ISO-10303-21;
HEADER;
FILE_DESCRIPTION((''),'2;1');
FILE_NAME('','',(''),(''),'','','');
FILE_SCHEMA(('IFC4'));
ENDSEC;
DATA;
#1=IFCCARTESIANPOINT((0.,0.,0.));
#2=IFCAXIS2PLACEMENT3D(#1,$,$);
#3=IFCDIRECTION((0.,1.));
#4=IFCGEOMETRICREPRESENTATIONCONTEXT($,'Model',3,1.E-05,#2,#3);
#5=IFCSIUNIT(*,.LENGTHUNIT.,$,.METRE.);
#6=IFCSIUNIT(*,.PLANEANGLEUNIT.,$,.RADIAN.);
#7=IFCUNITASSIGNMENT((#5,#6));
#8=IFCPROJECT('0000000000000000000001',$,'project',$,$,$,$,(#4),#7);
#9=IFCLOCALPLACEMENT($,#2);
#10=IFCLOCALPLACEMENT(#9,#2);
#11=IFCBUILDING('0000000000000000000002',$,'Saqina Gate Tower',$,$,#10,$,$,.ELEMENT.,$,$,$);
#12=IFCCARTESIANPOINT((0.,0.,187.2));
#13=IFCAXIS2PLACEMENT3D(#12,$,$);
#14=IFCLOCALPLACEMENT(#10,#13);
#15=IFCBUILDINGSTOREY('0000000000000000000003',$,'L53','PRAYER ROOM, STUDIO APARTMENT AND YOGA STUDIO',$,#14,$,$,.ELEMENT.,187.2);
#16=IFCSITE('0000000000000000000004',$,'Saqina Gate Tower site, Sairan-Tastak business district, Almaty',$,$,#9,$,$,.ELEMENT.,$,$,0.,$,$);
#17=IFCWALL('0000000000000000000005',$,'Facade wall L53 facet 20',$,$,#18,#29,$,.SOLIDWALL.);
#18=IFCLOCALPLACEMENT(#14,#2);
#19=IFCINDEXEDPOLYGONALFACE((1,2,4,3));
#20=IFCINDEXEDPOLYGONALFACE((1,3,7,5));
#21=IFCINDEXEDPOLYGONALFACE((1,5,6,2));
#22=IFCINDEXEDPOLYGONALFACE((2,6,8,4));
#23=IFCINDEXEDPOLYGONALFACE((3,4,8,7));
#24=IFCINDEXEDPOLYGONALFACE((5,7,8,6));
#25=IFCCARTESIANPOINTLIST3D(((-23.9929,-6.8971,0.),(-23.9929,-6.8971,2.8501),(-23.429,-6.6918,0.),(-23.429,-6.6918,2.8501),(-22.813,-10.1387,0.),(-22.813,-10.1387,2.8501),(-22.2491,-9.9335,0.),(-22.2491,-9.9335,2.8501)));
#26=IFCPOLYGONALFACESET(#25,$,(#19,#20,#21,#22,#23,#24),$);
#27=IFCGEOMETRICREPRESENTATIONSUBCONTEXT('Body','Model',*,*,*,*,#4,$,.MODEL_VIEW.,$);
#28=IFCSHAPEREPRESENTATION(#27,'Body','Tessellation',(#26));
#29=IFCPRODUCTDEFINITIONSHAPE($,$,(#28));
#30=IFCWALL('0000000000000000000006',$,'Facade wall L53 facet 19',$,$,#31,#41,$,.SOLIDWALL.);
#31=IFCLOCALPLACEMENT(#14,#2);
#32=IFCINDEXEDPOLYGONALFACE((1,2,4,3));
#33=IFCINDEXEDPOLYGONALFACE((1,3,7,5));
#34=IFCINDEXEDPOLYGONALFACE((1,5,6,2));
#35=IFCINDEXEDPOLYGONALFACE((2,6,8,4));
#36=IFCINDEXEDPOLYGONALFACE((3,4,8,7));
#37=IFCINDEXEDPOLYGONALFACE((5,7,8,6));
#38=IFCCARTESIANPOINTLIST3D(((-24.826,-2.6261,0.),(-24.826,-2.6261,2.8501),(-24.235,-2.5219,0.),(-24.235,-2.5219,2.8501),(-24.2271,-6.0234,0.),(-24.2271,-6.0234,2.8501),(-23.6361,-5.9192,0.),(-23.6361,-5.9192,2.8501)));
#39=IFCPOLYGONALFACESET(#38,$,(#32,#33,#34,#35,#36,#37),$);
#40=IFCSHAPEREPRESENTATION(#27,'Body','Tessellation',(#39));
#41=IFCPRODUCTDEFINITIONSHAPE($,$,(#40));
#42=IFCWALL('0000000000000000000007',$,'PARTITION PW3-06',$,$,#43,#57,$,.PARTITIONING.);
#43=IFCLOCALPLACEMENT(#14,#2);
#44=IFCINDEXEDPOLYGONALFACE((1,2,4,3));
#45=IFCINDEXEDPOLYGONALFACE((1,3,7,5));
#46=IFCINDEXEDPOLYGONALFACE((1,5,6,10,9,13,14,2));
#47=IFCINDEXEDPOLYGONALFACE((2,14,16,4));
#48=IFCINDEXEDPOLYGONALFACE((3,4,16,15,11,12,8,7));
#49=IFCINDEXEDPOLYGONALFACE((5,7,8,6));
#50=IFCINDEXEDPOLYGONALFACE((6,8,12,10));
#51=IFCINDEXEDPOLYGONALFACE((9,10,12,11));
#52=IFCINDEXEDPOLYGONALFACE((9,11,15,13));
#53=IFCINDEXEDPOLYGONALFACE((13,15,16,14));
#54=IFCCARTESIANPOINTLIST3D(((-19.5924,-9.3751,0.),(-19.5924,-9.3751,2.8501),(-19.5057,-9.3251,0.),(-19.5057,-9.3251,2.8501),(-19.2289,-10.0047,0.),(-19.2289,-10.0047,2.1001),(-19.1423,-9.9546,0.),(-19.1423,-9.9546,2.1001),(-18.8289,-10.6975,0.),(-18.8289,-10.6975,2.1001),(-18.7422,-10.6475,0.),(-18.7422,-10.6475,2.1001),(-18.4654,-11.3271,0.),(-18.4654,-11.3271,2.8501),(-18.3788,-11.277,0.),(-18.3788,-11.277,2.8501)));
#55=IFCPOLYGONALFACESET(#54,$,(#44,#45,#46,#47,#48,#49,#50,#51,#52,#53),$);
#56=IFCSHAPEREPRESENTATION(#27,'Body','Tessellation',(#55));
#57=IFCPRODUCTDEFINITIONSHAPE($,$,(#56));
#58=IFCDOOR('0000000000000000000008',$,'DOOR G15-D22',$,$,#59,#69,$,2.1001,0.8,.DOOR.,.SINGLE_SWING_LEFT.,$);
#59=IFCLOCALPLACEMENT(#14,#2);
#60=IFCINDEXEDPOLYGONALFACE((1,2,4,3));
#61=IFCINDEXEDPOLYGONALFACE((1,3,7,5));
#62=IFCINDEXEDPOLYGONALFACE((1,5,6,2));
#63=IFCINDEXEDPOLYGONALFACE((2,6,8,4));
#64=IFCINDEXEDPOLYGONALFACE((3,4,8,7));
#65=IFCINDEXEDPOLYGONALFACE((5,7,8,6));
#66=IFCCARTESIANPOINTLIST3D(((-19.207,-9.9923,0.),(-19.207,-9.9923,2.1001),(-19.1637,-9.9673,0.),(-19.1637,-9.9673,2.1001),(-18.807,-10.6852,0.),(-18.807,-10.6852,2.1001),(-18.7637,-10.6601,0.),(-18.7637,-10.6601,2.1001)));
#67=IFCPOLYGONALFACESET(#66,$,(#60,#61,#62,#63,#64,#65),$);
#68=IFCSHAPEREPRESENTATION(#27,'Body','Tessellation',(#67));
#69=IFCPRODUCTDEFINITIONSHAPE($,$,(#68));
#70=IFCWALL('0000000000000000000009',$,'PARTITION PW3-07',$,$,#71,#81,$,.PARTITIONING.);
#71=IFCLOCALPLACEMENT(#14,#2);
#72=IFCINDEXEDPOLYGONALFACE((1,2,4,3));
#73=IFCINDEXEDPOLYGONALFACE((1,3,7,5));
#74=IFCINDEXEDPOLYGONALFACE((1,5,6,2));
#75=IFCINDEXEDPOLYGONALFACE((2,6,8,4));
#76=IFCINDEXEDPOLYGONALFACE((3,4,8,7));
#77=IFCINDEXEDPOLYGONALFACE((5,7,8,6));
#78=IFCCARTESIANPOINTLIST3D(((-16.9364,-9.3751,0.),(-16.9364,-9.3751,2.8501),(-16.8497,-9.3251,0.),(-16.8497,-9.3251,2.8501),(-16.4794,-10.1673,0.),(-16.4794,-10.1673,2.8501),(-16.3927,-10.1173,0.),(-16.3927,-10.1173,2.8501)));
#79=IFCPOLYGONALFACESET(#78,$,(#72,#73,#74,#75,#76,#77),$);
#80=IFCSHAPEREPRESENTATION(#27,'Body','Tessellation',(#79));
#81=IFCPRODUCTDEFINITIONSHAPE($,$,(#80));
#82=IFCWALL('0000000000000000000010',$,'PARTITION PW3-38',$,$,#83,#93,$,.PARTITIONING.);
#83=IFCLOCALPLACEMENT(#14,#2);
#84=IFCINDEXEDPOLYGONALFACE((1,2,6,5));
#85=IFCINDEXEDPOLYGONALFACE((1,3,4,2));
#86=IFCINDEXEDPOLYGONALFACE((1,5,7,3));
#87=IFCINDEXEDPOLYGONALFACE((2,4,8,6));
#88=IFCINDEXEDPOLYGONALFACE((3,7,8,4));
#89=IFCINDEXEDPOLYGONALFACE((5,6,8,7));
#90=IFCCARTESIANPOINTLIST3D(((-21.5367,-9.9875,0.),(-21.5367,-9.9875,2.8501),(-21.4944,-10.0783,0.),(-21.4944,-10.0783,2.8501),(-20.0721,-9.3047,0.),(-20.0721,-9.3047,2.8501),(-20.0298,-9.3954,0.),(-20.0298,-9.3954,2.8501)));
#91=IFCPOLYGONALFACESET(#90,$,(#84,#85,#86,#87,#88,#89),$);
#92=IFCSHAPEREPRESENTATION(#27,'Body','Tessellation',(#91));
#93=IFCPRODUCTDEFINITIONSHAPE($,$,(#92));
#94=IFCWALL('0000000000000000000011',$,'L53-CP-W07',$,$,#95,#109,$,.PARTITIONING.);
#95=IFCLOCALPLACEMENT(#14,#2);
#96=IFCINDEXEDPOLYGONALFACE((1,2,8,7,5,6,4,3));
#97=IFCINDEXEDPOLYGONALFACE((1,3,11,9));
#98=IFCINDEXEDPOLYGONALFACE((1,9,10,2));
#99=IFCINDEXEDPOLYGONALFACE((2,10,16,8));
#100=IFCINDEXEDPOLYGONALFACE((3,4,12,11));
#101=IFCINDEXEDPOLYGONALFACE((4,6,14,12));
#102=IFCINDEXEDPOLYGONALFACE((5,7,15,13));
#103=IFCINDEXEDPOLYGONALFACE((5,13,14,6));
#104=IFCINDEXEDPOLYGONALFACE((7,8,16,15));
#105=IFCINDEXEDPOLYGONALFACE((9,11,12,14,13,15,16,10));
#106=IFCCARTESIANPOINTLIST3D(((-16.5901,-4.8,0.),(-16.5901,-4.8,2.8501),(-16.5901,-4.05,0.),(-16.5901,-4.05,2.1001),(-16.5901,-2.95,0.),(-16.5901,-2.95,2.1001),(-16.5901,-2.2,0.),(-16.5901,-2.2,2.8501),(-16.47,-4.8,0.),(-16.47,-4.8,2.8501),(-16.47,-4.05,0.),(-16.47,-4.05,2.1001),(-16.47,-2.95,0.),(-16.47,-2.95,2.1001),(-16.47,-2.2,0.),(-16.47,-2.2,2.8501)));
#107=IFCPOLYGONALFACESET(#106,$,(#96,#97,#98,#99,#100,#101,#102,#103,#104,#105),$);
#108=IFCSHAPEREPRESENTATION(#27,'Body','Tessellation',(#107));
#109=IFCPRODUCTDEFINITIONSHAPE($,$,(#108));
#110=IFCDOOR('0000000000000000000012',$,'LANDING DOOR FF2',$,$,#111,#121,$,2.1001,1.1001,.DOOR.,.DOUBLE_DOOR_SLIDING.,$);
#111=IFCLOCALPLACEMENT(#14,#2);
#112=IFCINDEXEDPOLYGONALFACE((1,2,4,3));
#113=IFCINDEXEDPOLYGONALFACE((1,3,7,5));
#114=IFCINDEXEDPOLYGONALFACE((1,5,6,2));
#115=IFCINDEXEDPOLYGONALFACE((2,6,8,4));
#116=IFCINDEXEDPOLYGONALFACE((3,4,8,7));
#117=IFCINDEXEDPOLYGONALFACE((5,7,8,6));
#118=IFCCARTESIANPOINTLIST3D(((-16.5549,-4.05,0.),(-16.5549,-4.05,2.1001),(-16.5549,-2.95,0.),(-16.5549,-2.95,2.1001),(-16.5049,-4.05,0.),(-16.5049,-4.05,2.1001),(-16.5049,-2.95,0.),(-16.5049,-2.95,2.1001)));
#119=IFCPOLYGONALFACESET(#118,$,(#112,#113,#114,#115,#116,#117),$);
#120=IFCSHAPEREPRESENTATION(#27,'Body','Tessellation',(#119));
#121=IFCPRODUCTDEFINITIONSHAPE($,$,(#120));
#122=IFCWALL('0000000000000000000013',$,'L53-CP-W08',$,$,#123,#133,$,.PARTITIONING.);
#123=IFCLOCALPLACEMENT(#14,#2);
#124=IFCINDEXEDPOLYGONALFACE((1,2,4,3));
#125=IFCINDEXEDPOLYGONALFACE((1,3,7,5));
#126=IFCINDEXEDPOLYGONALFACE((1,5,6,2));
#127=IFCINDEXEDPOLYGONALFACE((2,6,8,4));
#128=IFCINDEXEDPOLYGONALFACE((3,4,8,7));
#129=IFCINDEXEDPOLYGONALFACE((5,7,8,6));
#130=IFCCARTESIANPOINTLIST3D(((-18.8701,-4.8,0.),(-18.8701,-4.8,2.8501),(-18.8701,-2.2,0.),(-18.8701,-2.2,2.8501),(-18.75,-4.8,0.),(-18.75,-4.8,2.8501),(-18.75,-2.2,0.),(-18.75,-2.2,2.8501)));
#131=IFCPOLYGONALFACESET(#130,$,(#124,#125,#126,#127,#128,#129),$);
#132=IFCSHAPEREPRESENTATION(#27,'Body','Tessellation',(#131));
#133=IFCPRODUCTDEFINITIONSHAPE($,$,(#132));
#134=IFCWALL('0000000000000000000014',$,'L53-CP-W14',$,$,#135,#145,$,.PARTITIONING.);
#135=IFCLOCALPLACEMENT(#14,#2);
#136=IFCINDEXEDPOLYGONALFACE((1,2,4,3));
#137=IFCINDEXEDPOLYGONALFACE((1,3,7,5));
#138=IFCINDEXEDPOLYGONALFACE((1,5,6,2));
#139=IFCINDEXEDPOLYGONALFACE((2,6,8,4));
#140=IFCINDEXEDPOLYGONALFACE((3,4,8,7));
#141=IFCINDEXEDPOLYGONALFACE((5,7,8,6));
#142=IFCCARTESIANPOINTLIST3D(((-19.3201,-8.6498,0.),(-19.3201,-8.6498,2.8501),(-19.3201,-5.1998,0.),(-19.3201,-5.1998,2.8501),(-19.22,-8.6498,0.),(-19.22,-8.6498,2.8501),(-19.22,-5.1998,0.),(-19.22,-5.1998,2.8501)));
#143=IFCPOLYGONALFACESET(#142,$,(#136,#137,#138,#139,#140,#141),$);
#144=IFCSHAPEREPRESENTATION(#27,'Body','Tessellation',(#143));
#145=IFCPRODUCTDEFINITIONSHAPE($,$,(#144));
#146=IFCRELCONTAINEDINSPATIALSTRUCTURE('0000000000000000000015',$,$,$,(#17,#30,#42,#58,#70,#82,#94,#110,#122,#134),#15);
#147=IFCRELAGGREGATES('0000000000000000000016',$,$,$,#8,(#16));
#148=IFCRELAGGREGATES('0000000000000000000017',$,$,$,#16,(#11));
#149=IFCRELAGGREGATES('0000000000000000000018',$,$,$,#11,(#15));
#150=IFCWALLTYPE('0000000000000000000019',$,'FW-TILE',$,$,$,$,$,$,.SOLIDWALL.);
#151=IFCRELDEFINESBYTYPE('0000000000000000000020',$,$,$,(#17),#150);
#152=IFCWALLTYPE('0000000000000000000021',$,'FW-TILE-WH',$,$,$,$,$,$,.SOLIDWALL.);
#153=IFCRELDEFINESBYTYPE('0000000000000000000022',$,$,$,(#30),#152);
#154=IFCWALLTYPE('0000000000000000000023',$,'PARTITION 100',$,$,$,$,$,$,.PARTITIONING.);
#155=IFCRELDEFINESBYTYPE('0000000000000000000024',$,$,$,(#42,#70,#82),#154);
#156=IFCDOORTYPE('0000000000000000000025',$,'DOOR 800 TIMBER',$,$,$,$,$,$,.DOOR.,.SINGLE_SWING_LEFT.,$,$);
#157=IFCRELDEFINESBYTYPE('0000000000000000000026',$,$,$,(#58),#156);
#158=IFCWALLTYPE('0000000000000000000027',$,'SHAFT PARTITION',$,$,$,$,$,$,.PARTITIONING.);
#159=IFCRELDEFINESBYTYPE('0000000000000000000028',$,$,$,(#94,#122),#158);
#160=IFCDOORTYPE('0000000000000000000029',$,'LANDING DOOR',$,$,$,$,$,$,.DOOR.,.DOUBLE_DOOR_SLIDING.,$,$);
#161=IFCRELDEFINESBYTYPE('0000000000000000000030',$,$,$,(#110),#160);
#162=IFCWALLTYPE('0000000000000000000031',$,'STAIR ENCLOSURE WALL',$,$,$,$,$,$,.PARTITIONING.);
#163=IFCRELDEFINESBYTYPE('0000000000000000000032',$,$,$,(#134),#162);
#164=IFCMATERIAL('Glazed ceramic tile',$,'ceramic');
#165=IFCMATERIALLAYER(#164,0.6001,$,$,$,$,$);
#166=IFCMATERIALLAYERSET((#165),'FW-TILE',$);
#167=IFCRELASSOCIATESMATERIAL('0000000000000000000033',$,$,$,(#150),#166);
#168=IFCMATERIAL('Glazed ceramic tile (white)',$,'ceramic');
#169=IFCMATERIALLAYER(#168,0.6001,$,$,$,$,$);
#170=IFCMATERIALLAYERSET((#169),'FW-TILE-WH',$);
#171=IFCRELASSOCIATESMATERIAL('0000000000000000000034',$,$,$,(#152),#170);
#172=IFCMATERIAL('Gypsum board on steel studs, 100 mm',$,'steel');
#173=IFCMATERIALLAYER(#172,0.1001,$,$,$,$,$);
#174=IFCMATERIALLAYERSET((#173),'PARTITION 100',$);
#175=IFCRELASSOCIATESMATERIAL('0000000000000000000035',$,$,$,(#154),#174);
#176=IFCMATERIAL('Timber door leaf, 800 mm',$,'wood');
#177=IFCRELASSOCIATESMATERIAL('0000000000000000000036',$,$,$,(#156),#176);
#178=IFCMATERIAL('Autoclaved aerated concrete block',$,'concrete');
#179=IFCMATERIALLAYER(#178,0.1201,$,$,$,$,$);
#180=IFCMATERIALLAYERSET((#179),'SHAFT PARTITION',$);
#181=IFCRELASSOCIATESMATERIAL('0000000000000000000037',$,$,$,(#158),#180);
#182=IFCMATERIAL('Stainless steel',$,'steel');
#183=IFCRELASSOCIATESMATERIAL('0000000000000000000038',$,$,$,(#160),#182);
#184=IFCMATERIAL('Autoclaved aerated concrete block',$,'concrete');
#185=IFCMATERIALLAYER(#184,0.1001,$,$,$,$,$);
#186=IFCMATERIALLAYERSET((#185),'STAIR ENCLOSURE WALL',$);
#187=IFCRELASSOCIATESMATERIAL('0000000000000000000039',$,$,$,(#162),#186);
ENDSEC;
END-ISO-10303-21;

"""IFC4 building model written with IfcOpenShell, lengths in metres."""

from ifc_helpers import new_model, si_unit, direction, frame, frame_2d, origin, place, context, subcontext, project, spatial, rectangle, extrude, material, layer, layer_set, type_object, element, fill, save


model = new_model("IFC4")

# Units and contexts
model_context = context("Model", 3, precision=1e-05, world=origin(), true_north=direction((0.0, 1.0)))
body_context = subcontext(model_context, "Body", "Model", "MODEL_VIEW")
ifc_project = project(units=[si_unit("LENGTHUNIT", "METRE"), si_unit("PLANEANGLEUNIT", "RADIAN")], contexts=[model_context])

# Site, building, storey
site_placement = place(None, origin())
site = spatial("IfcSite", under=ifc_project, at=site_placement, Name="Saqina Gate Tower site, Sairan-Tastak business district, Almaty", CompositionType="ELEMENT", RefElevation=0.0)
building_placement = place(site_placement, origin())
building = spatial("IfcBuilding", under=site, at=building_placement, Name="Saqina Gate Tower", CompositionType="ELEMENT")
storey_placement = place(building_placement, frame((0.0, 0.0, 187.2)))
storey = spatial("IfcBuildingStorey", under=building, at=storey_placement, Name="L53", Description="PRAYER ROOM, STUDIO APARTMENT AND YOGA STUDIO", CompositionType="ELEMENT", Elevation=187.2)

# Walls
ifc_material_1 = material(Name="Glazed ceramic tile", Category="ceramic")
ifc_layer_1 = layer(ifc_material_1, 0.6001)
ifc_layer_set_1 = layer_set([ifc_layer_1], Name="FW-TILE")
wall_type_1 = type_object("IfcWallType", Name="FW-TILE", PredefinedType="SOLIDWALL", material=ifc_layer_set_1)
wall_1_placement = place(storey_placement, frame((-23.7109, -6.7944, 0.0), z_axis=(0.0, 0.0, 1.0), x_axis=(0.342033, -0.939688, 0.0)))
element("IfcWall", 1, at=wall_1_placement, inside=storey, type_object=wall_type_1, Name="Facade wall L53 facet 20", PredefinedType="SOLIDWALL", context=body_context, shape_type="SweptSolid", body=[
    extrude(rectangle(XDim=3.4497, YDim=0.6001, at=frame_2d((1.7249, 0.0))), origin(), (0.0, 0.0, 1.0), 2.8501),
])
ifc_material_2 = material(Name="Glazed ceramic tile (white)", Category="ceramic")
ifc_layer_2 = layer(ifc_material_2, 0.6001)
ifc_layer_set_2 = layer_set([ifc_layer_2], Name="FW-TILE-WH")
wall_type_2 = type_object("IfcWallType", Name="FW-TILE-WH", PredefinedType="SOLIDWALL", material=ifc_layer_set_2)
wall_2_placement = place(storey_placement, frame((-24.5305, -2.574, 0.0), z_axis=(0.0, 0.0, 1.0), x_axis=(0.173608, -0.984815, 0.0)))
element("IfcWall", 2, at=wall_2_placement, inside=storey, type_object=wall_type_2, Name="Facade wall L53 facet 19", PredefinedType="SOLIDWALL", context=body_context, shape_type="SweptSolid", body=[
    extrude(rectangle(XDim=3.4497, YDim=0.6001, at=frame_2d((1.7249, 0.0))), origin(), (0.0, 0.0, 1.0), 2.8501),
])

# Wall, opening, door
ifc_material_3 = material(Name="Gypsum board on steel studs, 100 mm", Category="steel")
ifc_layer_3 = layer(ifc_material_3, 0.1001)
ifc_layer_set_3 = layer_set([ifc_layer_3], Name="PARTITION 100")
wall_type_3 = type_object("IfcWallType", Name="PARTITION 100", PredefinedType="PARTITIONING", material=ifc_layer_set_3)
wall_3_placement = place(storey_placement, frame((-19.5491, -9.3501, 0.0), z_axis=(0.0, 0.0, 1.0), x_axis=(0.500007, -0.866021, 0.0)))
wall_3 = element("IfcWall", 3, at=wall_3_placement, inside=storey, type_object=wall_type_3, Name="PARTITION PW3-06", PredefinedType="PARTITIONING", context=body_context, shape_type="SweptSolid", body=[
    extrude(rectangle(XDim=2.2539, YDim=0.1001, at=frame_2d((1.127, 0.0))), origin(), (0.0, 0.0, 1.0), 2.8501),
])
opening_1_placement = place(wall_3_placement, frame((0.7271, 0.0, 0.0)))
opening_1 = element("IfcOpeningElement", 4, at=opening_1_placement, cuts=wall_3, PredefinedType="OPENING", context=body_context, shape_type="SweptSolid", body=[
    extrude(rectangle(XDim=0.8, YDim=2.1001, at=frame_2d((0.3999, 1.05))), frame((0.0, 0.062, 0.0), z_axis=(0.0, -1.0, 0.0), x_axis=(1.0, 0.0, 0.0)), (0.0, 0.0, 1.0), 0.124),
])
ifc_material_4 = material(Name="Timber door leaf, 800 mm", Category="wood")
door_type_1 = type_object("IfcDoorType", Name="DOOR 800 TIMBER", OperationType="SINGLE_SWING_LEFT", PredefinedType="DOOR", material=ifc_material_4)
door_1_placement = place(opening_1_placement, frame((0.8, 0.0, 0.0), z_axis=(0.0, 0.0, 1.0), x_axis=(-1.0, 0.0, 0.0)))
door_1 = element("IfcDoor", 5, at=door_1_placement, inside=storey, type_object=door_type_1, Name="DOOR G15-D22", OperationType="SINGLE_SWING_LEFT", OverallHeight=2.1001, OverallWidth=0.8, PredefinedType="DOOR", context=body_context, shape_type="SweptSolid", body=[
    extrude(rectangle(XDim=0.8, YDim=2.1001, at=frame_2d((0.3999, 1.05))), frame((0.0, 0.0249, 0.0), z_axis=(0.0, -1.0, 0.0), x_axis=(1.0, 0.0, 0.0)), (0.0, 0.0, 1.0), 0.05),
])
fill(opening_1, door_1)

# Walls
wall_4_placement = place(storey_placement, frame((-16.8931, -9.3501, 0.0), z_axis=(0.0, 0.0, 1.0), x_axis=(0.499699, -0.866199, 0.0)))
element("IfcWall", 6, at=wall_4_placement, inside=storey, type_object=wall_type_3, Name="PARTITION PW3-07", PredefinedType="PARTITIONING", context=body_context, shape_type="SweptSolid", body=[
    extrude(rectangle(XDim=0.9146, YDim=0.1001, at=frame_2d((0.4573, 0.0))), origin(), (0.0, 0.0, 1.0), 2.8501),
])
wall_5_placement = place(storey_placement, frame((-21.5156, -10.033, 0.0), z_axis=(0.0, 0.0, 1.0), x_axis=(0.90633, 0.422571, 0.0)))
element("IfcWall", 7, at=wall_5_placement, inside=storey, type_object=wall_type_3, Name="PARTITION PW3-38", PredefinedType="PARTITIONING", context=body_context, shape_type="SweptSolid", body=[
    extrude(rectangle(XDim=1.616, YDim=0.1001, at=frame_2d((0.8081, 0.0))), origin(), (0.0, 0.0, 1.0), 2.8501),
])

# Wall, opening, door
ifc_material_5 = material(Name="Autoclaved aerated concrete block", Category="concrete")
ifc_layer_4 = layer(ifc_material_5, 0.1201)
ifc_layer_set_4 = layer_set([ifc_layer_4], Name="SHAFT PARTITION")
wall_type_4 = type_object("IfcWallType", Name="SHAFT PARTITION", PredefinedType="PARTITIONING", material=ifc_layer_set_4)
wall_6_placement = place(storey_placement, frame((-16.53, -4.8, 0.0), z_axis=(0.0, 0.0, 1.0), x_axis=(0.0, 1.0, 0.0)))
wall_6 = element("IfcWall", 8, at=wall_6_placement, inside=storey, type_object=wall_type_4, Name="L53-CP-W07", PredefinedType="PARTITIONING", context=body_context, shape_type="SweptSolid", body=[
    extrude(rectangle(XDim=2.6001, YDim=0.1201, at=frame_2d((1.3, 0.0))), origin(), (0.0, 0.0, 1.0), 2.8501),
])
opening_2_placement = place(wall_6_placement, frame((0.75, 0.0, 0.0)))
opening_2 = element("IfcOpeningElement", 9, at=opening_2_placement, cuts=wall_6, PredefinedType="OPENING", context=body_context, shape_type="SweptSolid", body=[
    extrude(rectangle(XDim=1.1001, YDim=2.1001, at=frame_2d((0.55, 1.05))), frame((0.0, 0.072, 0.0), z_axis=(0.0, -1.0, 0.0), x_axis=(1.0, 0.0, 0.0)), (0.0, 0.0, 1.0), 0.144),
])
ifc_material_6 = material(Name="Stainless steel", Category="steel")
door_type_2 = type_object("IfcDoorType", Name="LANDING DOOR", OperationType="DOUBLE_DOOR_SLIDING", PredefinedType="DOOR", material=ifc_material_6)
door_2_placement = place(opening_2_placement, origin())
door_2 = element("IfcDoor", 10, at=door_2_placement, inside=storey, type_object=door_type_2, Name="LANDING DOOR FF2", OperationType="DOUBLE_DOOR_SLIDING", OverallHeight=2.1001, OverallWidth=1.1001, PredefinedType="DOOR", context=body_context, shape_type="SweptSolid", body=[
    extrude(rectangle(XDim=1.1001, YDim=2.1001, at=frame_2d((0.55, 1.05))), frame((0.0, 0.0249, 0.0), z_axis=(0.0, -1.0, 0.0), x_axis=(1.0, 0.0, 0.0)), (0.0, 0.0, 1.0), 0.05),
])
fill(opening_2, door_2)

# Walls
wall_7_placement = place(storey_placement, frame((-18.8101, -4.8, 0.0), z_axis=(0.0, 0.0, 1.0), x_axis=(0.0, 1.0, 0.0)))
element("IfcWall", 11, at=wall_7_placement, inside=storey, type_object=wall_type_4, Name="L53-CP-W08", PredefinedType="PARTITIONING", context=body_context, shape_type="SweptSolid", body=[
    extrude(rectangle(XDim=2.6001, YDim=0.1201, at=frame_2d((1.3, 0.0))), origin(), (0.0, 0.0, 1.0), 2.8501),
])
ifc_material_7 = material(Name="Autoclaved aerated concrete block", Category="concrete")
ifc_layer_5 = layer(ifc_material_7, 0.1001)
ifc_layer_set_5 = layer_set([ifc_layer_5], Name="STAIR ENCLOSURE WALL")
wall_type_5 = type_object("IfcWallType", Name="STAIR ENCLOSURE WALL", PredefinedType="PARTITIONING", material=ifc_layer_set_5)
wall_8_placement = place(storey_placement, frame((-19.27, -8.6499, 0.0), z_axis=(0.0, 0.0, 1.0), x_axis=(0.0, 1.0, 0.0)))
element("IfcWall", 12, at=wall_8_placement, inside=storey, type_object=wall_type_5, Name="L53-CP-W14", PredefinedType="PARTITIONING", context=body_context, shape_type="SweptSolid", body=[
    extrude(rectangle(XDim=3.45, YDim=0.1001, at=frame_2d((1.7251, 0.0))), origin(), (0.0, 0.0, 1.0), 2.8501),
])

save(model, "model.ifc")
